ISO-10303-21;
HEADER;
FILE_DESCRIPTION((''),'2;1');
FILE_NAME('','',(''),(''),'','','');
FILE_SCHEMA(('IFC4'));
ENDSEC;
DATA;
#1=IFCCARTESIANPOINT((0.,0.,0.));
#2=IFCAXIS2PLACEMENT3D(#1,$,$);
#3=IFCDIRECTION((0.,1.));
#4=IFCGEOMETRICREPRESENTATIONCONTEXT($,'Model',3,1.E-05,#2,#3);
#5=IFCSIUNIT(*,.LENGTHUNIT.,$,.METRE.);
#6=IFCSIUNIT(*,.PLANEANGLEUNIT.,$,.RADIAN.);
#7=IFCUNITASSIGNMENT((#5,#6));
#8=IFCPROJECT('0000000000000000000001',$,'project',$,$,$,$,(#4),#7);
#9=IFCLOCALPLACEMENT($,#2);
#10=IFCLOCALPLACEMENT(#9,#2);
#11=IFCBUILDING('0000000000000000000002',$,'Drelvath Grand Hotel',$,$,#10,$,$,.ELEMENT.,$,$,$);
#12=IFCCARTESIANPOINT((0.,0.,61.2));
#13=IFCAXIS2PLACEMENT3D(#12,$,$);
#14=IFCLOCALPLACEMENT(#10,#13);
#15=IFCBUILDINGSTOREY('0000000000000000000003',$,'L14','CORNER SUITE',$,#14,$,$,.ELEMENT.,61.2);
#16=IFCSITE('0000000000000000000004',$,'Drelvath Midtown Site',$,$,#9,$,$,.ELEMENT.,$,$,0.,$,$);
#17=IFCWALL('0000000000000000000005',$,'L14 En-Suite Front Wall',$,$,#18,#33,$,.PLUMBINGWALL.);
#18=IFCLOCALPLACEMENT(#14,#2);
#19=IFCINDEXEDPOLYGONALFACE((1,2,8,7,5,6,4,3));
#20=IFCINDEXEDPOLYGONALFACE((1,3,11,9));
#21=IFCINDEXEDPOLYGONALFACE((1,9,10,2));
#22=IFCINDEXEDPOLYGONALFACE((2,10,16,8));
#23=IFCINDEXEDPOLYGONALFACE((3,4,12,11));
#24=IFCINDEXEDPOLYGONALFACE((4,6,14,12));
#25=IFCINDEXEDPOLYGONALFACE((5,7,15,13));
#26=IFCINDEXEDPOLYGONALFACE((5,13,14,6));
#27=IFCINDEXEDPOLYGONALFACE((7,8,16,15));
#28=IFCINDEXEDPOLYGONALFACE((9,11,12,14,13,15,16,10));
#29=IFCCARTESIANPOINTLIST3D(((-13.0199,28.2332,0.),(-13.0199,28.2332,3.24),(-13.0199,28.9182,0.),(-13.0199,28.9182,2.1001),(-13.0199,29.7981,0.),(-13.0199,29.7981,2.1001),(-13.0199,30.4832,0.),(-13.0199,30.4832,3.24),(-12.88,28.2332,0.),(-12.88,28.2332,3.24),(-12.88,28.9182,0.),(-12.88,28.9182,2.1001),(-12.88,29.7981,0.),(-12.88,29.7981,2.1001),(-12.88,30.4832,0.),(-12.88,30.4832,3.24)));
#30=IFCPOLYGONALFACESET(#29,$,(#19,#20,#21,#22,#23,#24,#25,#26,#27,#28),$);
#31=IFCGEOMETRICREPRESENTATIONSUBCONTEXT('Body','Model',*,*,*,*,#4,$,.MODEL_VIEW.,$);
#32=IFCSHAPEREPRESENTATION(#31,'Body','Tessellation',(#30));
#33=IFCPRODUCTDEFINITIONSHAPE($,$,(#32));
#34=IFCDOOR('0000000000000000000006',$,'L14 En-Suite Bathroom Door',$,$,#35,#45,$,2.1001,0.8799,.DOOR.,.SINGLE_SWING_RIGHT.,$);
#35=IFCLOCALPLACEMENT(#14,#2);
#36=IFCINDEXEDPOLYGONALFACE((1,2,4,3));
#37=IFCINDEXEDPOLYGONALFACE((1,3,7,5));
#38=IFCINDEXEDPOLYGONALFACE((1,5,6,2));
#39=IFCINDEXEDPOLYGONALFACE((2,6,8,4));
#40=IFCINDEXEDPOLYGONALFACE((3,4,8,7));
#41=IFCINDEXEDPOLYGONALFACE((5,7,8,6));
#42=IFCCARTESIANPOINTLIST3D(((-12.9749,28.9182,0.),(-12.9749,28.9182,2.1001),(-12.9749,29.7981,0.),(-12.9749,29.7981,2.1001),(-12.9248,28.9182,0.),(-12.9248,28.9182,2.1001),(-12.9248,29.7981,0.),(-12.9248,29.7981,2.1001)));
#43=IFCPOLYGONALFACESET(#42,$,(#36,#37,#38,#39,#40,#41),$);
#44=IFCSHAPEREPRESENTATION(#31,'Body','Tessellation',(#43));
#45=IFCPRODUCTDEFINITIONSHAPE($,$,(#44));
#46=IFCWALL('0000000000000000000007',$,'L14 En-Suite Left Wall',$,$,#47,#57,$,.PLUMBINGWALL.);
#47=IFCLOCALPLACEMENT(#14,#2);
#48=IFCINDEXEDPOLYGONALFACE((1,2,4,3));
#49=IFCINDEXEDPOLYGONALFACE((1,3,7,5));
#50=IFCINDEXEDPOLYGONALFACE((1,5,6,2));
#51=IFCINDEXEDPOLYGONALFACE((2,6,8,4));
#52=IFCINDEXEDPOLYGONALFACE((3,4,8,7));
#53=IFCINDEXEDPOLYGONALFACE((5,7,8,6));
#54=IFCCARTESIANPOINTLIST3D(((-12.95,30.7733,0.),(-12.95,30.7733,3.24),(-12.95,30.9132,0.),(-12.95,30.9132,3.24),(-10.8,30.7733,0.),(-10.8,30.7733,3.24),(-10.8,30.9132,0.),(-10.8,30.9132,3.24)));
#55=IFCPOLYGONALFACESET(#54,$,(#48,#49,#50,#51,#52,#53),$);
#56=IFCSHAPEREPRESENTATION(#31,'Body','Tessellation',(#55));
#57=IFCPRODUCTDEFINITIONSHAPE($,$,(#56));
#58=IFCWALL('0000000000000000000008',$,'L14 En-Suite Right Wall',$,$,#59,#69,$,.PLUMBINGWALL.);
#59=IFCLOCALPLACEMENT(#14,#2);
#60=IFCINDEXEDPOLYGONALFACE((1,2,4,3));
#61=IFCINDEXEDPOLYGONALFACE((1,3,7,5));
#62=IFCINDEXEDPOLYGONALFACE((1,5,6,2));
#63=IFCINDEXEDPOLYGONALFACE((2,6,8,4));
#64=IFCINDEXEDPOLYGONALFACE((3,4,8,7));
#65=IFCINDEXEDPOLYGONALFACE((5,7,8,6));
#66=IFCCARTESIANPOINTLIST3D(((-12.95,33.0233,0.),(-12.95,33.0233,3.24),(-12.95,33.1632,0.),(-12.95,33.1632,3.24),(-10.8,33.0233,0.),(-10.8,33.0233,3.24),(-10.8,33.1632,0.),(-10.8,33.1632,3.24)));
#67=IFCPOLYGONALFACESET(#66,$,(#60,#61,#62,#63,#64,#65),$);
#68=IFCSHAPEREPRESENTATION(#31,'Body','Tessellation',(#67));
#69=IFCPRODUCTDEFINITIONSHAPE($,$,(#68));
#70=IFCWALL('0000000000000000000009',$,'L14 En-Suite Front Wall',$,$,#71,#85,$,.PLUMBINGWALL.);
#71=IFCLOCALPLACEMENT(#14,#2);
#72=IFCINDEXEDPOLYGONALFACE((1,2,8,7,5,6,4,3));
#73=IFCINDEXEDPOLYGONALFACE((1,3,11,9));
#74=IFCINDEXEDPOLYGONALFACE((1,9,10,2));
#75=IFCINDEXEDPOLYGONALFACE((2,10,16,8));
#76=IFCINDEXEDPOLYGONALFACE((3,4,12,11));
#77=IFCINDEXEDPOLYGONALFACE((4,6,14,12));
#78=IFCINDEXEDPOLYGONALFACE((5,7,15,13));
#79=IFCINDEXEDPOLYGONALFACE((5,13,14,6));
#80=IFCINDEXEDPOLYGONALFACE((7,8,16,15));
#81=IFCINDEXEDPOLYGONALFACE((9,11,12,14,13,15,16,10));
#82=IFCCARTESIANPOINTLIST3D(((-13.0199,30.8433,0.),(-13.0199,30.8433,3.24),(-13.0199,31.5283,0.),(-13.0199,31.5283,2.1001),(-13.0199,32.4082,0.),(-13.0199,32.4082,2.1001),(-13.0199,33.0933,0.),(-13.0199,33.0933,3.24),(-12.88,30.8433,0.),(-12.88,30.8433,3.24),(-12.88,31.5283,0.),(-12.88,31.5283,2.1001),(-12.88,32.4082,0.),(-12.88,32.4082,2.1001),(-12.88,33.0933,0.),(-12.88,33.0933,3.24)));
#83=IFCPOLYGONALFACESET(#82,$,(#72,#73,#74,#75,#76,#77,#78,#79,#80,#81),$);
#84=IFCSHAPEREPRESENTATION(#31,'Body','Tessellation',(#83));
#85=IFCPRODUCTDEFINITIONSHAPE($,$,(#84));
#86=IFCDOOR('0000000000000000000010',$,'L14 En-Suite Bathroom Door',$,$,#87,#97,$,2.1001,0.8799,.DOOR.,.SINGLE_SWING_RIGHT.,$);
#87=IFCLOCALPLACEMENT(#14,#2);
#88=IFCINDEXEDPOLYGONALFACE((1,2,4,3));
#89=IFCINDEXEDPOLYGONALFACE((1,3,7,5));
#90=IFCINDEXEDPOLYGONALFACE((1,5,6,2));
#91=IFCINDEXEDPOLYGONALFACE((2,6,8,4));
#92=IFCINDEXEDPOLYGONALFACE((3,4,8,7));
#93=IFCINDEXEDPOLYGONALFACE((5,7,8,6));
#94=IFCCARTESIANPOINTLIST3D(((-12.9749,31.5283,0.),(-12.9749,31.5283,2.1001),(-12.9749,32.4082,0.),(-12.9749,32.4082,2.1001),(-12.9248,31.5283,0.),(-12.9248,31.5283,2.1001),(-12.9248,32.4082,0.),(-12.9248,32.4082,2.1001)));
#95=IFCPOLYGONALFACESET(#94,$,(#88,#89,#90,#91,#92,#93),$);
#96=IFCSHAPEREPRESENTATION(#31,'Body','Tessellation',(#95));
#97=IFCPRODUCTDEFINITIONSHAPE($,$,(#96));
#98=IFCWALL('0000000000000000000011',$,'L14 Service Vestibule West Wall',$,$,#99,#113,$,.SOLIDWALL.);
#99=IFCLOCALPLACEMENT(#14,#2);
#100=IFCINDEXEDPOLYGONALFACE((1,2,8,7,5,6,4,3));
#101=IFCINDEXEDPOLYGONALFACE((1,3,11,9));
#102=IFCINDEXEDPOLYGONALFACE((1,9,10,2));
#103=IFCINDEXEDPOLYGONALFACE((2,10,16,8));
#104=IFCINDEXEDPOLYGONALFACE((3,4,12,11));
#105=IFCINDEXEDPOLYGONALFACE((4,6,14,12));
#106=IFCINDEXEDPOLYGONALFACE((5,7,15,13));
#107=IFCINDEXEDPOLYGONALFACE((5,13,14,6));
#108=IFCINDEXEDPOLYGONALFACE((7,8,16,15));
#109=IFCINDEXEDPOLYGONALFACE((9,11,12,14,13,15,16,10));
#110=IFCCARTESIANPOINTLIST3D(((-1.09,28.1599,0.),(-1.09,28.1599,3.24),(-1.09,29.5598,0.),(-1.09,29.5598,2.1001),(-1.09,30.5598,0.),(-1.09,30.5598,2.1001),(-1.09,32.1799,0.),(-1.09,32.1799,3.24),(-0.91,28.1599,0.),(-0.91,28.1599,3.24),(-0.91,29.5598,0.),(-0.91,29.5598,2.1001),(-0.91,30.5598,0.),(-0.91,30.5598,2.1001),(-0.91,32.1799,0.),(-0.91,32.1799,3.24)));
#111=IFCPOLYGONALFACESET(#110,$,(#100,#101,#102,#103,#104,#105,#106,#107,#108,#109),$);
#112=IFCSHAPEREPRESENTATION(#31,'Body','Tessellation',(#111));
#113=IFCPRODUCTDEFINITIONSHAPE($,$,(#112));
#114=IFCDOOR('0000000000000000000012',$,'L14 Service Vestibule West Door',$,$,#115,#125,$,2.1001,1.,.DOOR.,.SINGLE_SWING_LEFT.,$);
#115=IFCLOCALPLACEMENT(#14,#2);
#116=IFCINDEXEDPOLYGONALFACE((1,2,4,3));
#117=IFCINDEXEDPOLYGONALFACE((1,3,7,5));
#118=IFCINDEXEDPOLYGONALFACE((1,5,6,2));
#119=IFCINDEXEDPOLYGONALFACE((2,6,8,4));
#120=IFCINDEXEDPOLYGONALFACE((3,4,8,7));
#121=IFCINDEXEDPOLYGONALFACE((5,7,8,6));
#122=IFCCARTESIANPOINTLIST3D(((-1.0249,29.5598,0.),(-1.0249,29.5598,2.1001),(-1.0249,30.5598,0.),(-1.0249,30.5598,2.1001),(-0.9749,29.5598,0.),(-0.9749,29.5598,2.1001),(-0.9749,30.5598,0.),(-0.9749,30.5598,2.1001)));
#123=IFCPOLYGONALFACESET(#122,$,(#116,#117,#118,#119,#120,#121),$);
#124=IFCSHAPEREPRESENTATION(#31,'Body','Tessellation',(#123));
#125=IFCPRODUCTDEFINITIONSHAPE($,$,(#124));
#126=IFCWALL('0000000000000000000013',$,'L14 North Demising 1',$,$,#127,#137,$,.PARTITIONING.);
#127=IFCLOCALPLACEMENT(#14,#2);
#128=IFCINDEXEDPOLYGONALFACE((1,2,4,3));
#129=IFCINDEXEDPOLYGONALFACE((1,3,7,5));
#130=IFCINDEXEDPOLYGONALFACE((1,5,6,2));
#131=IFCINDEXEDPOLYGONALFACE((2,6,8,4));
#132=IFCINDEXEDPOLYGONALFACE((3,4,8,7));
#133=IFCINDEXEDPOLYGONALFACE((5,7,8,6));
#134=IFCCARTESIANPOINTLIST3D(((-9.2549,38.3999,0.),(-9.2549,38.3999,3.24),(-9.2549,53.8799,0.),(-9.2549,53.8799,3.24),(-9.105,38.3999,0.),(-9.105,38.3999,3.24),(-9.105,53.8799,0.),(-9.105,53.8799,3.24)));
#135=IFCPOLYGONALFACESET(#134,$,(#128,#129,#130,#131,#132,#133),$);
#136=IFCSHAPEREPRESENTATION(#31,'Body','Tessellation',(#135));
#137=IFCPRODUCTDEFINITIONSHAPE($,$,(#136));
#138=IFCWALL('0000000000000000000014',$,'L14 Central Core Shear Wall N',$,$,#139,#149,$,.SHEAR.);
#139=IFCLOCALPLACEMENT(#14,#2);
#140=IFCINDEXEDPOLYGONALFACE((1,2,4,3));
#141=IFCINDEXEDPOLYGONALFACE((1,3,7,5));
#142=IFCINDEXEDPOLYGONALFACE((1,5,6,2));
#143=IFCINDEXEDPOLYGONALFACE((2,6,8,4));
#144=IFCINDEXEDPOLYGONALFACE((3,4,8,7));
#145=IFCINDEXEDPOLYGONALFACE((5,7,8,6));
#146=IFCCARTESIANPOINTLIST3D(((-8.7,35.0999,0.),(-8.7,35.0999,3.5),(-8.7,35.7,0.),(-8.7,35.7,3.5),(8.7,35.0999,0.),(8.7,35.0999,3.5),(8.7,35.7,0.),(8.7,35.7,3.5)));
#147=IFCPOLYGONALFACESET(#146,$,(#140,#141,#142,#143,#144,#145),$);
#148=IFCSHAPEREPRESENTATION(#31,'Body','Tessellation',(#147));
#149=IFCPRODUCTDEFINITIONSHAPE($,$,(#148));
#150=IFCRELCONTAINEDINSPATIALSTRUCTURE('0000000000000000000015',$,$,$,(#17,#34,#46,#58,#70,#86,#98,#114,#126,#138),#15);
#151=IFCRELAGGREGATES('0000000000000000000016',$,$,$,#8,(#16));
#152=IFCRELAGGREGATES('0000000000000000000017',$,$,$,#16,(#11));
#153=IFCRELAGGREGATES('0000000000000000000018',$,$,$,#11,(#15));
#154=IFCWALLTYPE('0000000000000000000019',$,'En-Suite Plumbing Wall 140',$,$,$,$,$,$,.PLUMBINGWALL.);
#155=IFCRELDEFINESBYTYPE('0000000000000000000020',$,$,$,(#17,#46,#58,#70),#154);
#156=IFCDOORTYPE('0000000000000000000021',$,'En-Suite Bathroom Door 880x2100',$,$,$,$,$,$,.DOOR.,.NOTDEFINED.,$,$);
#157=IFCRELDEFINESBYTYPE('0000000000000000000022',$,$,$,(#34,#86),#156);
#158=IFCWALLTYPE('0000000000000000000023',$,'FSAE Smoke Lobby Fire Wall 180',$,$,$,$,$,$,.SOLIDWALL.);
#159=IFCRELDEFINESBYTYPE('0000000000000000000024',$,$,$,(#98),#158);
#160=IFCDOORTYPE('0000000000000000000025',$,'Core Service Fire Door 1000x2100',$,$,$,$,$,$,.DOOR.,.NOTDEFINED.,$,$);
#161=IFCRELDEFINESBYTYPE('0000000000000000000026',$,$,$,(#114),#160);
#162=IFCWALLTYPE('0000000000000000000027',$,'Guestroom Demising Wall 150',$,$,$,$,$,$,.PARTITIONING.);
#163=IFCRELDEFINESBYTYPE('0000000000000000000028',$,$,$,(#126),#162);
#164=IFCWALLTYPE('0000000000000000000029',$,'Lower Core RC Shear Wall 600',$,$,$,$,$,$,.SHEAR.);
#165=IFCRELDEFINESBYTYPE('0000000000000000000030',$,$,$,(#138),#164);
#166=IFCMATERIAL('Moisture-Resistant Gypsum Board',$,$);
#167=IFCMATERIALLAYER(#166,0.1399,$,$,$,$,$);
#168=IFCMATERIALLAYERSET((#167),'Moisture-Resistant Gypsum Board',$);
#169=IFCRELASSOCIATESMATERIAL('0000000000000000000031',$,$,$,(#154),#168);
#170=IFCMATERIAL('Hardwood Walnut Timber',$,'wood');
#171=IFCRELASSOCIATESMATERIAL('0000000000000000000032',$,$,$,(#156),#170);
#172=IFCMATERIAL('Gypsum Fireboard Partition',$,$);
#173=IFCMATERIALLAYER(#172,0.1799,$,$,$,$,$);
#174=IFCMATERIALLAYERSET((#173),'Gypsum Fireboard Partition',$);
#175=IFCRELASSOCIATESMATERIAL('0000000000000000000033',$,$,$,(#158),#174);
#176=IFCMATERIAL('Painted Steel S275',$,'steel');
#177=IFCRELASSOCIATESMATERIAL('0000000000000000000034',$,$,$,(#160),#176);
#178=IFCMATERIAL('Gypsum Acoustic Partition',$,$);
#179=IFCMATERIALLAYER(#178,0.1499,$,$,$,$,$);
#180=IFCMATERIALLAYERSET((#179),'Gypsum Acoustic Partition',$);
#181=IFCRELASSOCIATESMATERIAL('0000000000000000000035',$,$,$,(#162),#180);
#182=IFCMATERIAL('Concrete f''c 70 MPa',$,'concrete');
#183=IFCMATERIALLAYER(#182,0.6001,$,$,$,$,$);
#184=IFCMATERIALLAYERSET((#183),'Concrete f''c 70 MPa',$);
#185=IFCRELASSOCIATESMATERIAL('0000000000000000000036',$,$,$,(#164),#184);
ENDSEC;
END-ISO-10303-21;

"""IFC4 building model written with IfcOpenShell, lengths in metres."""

from ifc_helpers import new_model, si_unit, direction, frame, frame_2d, origin, place, context, subcontext, project, spatial, rectangle, extrude, material, layer, layer_set, type_object, element, fill, save


model = new_model("IFC4")

# Units and contexts
model_context = context("Model", 3, precision=1e-05, world=origin(), true_north=direction((0.0, 1.0)))
body_context = subcontext(model_context, "Body", "Model", "MODEL_VIEW")
ifc_project = project(units=[si_unit("LENGTHUNIT", "METRE"), si_unit("PLANEANGLEUNIT", "RADIAN")], contexts=[model_context])

# Site, building, storey
site_placement = place(None, origin())
site = spatial("IfcSite", under=ifc_project, at=site_placement, Name="Drelvath Midtown Site", CompositionType="ELEMENT", RefElevation=0.0)
building_placement = place(site_placement, origin())
building = spatial("IfcBuilding", under=site, at=building_placement, Name="Drelvath Grand Hotel", CompositionType="ELEMENT")
storey_placement = place(building_placement, frame((0.0, 0.0, 61.2)))
storey = spatial("IfcBuildingStorey", under=building, at=storey_placement, Name="L14", Description="CORNER SUITE", CompositionType="ELEMENT", Elevation=61.2)

# Shared definitions
ifc_material_1 = material(Name="Concrete f'c 70 MPa", Category="concrete")

# Shared definitions
ifc_material_2 = material(Name="Painted Steel S275", Category="steel")

# Shared definitions
ifc_material_3 = material(Name="Gypsum Fireboard Partition")
ifc_material_4 = material(Name="Moisture-Resistant Gypsum Board")
ifc_layer_1 = layer(ifc_material_4, 0.1399)
ifc_layer_set_1 = layer_set([ifc_layer_1], Name="Moisture-Resistant Gypsum Board")
wall_type_1 = type_object("IfcWallType", Name="En-Suite Plumbing Wall 140", PredefinedType="PLUMBINGWALL", material=ifc_layer_set_1)

# Wall, opening, door
wall_1_placement = place(storey_placement, frame((-12.95, 28.2332, 0.0), z_axis=(0.0, 0.0, 1.0), x_axis=(0.0, 1.0, 0.0)))
wall_1 = element("IfcWall", 1, at=wall_1_placement, inside=storey, type_object=wall_type_1, Name="L14 En-Suite Front Wall", PredefinedType="PLUMBINGWALL", context=body_context, shape_type="SweptSolid", body=[
    extrude(rectangle(XDim=2.25, YDim=0.1399, at=frame_2d((1.125, 0.0))), origin(), (0.0, 0.0, 1.0), 3.24),
])
opening_1_placement = place(wall_1_placement, frame((0.6851, 0.0, 0.0)))
opening_1 = element("IfcOpeningElement", 2, at=opening_1_placement, cuts=wall_1, PredefinedType="OPENING", context=body_context, shape_type="SweptSolid", body=[
    extrude(rectangle(XDim=0.8799, YDim=2.1001, at=frame_2d((0.4399, 1.05))), frame((0.0, 0.0798, 0.0), z_axis=(0.0, -1.0, 0.0), x_axis=(1.0, 0.0, 0.0)), (0.0, 0.0, 1.0), 0.1599),
])
ifc_material_5 = material(Name="Hardwood Walnut Timber", Category="wood")
door_type_1 = type_object("IfcDoorType", Name="En-Suite Bathroom Door 880x2100", OperationType="NOTDEFINED", PredefinedType="DOOR", material=ifc_material_5)
door_1_placement = place(opening_1_placement, origin())
door_1 = element("IfcDoor", 3, at=door_1_placement, inside=storey, type_object=door_type_1, Name="L14 En-Suite Bathroom Door", OperationType="SINGLE_SWING_RIGHT", OverallHeight=2.1001, OverallWidth=0.8799, PredefinedType="DOOR", context=body_context, shape_type="SweptSolid", body=[
    extrude(rectangle(XDim=0.8799, YDim=2.1001, at=frame_2d((0.4399, 1.05))), frame((0.0, 0.0249, 0.0), z_axis=(0.0, -1.0, 0.0), x_axis=(1.0, 0.0, 0.0)), (0.0, 0.0, 1.0), 0.05),
])
fill(opening_1, door_1)

# Walls
for number, where, z_axis, x_axis, name in (
    (4, (-10.8, 30.8433, 0.0), (0.0, 0.0, 1.0), (-1.0, 0.0, 0.0), "L14 En-Suite Left Wall"),
    (5, (-10.8, 33.0933, 0.0), (0.0, 0.0, 1.0), (-1.0, 0.0, 0.0), "L14 En-Suite Right Wall"),
):
    element("IfcWall", number, at=place(storey_placement, frame(where, z_axis=z_axis, x_axis=x_axis)), inside=storey, type_object=wall_type_1, Name=name, PredefinedType="PLUMBINGWALL", context=body_context, shape_type="SweptSolid", body=[
        extrude(rectangle(XDim=2.1499, YDim=0.1399, at=frame_2d((1.075, 0.0))), origin(), (0.0, 0.0, 1.0), 3.24),
    ])

# Walls, openings, doors
wall_2_placement = place(storey_placement, frame((-12.95, 30.8433, 0.0), z_axis=(0.0, 0.0, 1.0), x_axis=(0.0, 1.0, 0.0)))
wall_2 = element("IfcWall", 6, at=wall_2_placement, inside=storey, type_object=wall_type_1, Name="L14 En-Suite Front Wall", PredefinedType="PLUMBINGWALL", context=body_context, shape_type="SweptSolid", body=[
    extrude(rectangle(XDim=2.25, YDim=0.1399, at=frame_2d((1.125, 0.0))), origin(), (0.0, 0.0, 1.0), 3.24),
])
opening_2_placement = place(wall_2_placement, frame((0.6851, 0.0, 0.0)))
opening_2 = element("IfcOpeningElement", 7, at=opening_2_placement, cuts=wall_2, PredefinedType="OPENING", context=body_context, shape_type="SweptSolid", body=[
    extrude(rectangle(XDim=0.8799, YDim=2.1001, at=frame_2d((0.4399, 1.05))), frame((0.0, 0.0798, 0.0), z_axis=(0.0, -1.0, 0.0), x_axis=(1.0, 0.0, 0.0)), (0.0, 0.0, 1.0), 0.1599),
])
door_2_placement = place(opening_2_placement, origin())
door_2 = element("IfcDoor", 8, at=door_2_placement, inside=storey, type_object=door_type_1, Name="L14 En-Suite Bathroom Door", OperationType="SINGLE_SWING_RIGHT", OverallHeight=2.1001, OverallWidth=0.8799, PredefinedType="DOOR", context=body_context, shape_type="SweptSolid", body=[
    extrude(rectangle(XDim=0.8799, YDim=2.1001, at=frame_2d((0.4399, 1.05))), frame((0.0, 0.0249, 0.0), z_axis=(0.0, -1.0, 0.0), x_axis=(1.0, 0.0, 0.0)), (0.0, 0.0, 1.0), 0.05),
])
fill(opening_2, door_2)
ifc_layer_2 = layer(ifc_material_3, 0.1799)
ifc_layer_set_2 = layer_set([ifc_layer_2], Name="Gypsum Fireboard Partition")
wall_type_2 = type_object("IfcWallType", Name="FSAE Smoke Lobby Fire Wall 180", PredefinedType="SOLIDWALL", material=ifc_layer_set_2)
wall_3_placement = place(storey_placement, frame((-1.0, 28.1599, 0.0), z_axis=(0.0, 0.0, 1.0), x_axis=(0.0, 1.0, 0.0)))
wall_3 = element("IfcWall", 9, at=wall_3_placement, inside=storey, type_object=wall_type_2, Name="L14 Service Vestibule West Wall", PredefinedType="SOLIDWALL", context=body_context, shape_type="SweptSolid", body=[
    extrude(rectangle(XDim=4.02, YDim=0.1799, at=frame_2d((2.01, 0.0))), origin(), (0.0, 0.0, 1.0), 3.24),
])
opening_3_placement = place(wall_3_placement, frame((1.3999, 0.0, 0.0)))
opening_3 = element("IfcOpeningElement", 10, at=opening_3_placement, cuts=wall_3, PredefinedType="OPENING", context=body_context, shape_type="SweptSolid", body=[
    extrude(rectangle(XDim=1.0, YDim=2.1001, at=frame_2d((0.5, 1.05))), frame((0.0, 0.0999, 0.0), z_axis=(0.0, -1.0, 0.0), x_axis=(1.0, 0.0, 0.0)), (0.0, 0.0, 1.0), 0.2),
])
door_type_2 = type_object("IfcDoorType", Name="Core Service Fire Door 1000x2100", OperationType="NOTDEFINED", PredefinedType="DOOR", material=ifc_material_2)
door_3_placement = place(opening_3_placement, origin())
door_3 = element("IfcDoor", 11, at=door_3_placement, inside=storey, type_object=door_type_2, Name="L14 Service Vestibule West Door", OperationType="SINGLE_SWING_LEFT", OverallHeight=2.1001, OverallWidth=1.0, PredefinedType="DOOR", context=body_context, shape_type="SweptSolid", body=[
    extrude(rectangle(XDim=1.0, YDim=2.1001, at=frame_2d((0.5, 1.05))), frame((0.0, 0.0249, 0.0), z_axis=(0.0, -1.0, 0.0), x_axis=(1.0, 0.0, 0.0)), (0.0, 0.0, 1.0), 0.05),
])
fill(opening_3, door_3)

# Walls
ifc_material_6 = material(Name="Gypsum Acoustic Partition")
ifc_layer_3 = layer(ifc_material_6, 0.1499)
ifc_layer_set_3 = layer_set([ifc_layer_3], Name="Gypsum Acoustic Partition")
wall_type_3 = type_object("IfcWallType", Name="Guestroom Demising Wall 150", PredefinedType="PARTITIONING", material=ifc_layer_set_3)
wall_4_placement = place(storey_placement, frame((-9.1799, 38.3999, 0.0), z_axis=(0.0, 0.0, 1.0), x_axis=(0.0, 1.0, 0.0)))
element("IfcWall", 12, at=wall_4_placement, inside=storey, type_object=wall_type_3, Name="L14 North Demising 1", PredefinedType="PARTITIONING", context=body_context, shape_type="SweptSolid", body=[
    extrude(rectangle(XDim=15.48, YDim=0.1499, at=frame_2d((7.74, 0.0))), origin(), (0.0, 0.0, 1.0), 3.24),
])
ifc_layer_4 = layer(ifc_material_1, 0.6001)
ifc_layer_set_4 = layer_set([ifc_layer_4], Name="Concrete f'c 70 MPa")
wall_type_4 = type_object("IfcWallType", Name="Lower Core RC Shear Wall 600", PredefinedType="SHEAR", material=ifc_layer_set_4)
wall_5_placement = place(storey_placement, frame((-8.7, 35.3999, 0.0), z_axis=(0.0, 0.0, 1.0), x_axis=(1.0, 0.0, 0.0)))
element("IfcWall", 13, at=wall_5_placement, inside=storey, type_object=wall_type_4, Name="L14 Central Core Shear Wall N", PredefinedType="SHEAR", context=body_context, shape_type="SweptSolid", body=[
    extrude(rectangle(XDim=17.3999, YDim=0.6001, at=frame_2d((8.7, 0.0))), origin(), (0.0, 0.0, 1.0), 3.5),
])

save(model, "model.ifc")
